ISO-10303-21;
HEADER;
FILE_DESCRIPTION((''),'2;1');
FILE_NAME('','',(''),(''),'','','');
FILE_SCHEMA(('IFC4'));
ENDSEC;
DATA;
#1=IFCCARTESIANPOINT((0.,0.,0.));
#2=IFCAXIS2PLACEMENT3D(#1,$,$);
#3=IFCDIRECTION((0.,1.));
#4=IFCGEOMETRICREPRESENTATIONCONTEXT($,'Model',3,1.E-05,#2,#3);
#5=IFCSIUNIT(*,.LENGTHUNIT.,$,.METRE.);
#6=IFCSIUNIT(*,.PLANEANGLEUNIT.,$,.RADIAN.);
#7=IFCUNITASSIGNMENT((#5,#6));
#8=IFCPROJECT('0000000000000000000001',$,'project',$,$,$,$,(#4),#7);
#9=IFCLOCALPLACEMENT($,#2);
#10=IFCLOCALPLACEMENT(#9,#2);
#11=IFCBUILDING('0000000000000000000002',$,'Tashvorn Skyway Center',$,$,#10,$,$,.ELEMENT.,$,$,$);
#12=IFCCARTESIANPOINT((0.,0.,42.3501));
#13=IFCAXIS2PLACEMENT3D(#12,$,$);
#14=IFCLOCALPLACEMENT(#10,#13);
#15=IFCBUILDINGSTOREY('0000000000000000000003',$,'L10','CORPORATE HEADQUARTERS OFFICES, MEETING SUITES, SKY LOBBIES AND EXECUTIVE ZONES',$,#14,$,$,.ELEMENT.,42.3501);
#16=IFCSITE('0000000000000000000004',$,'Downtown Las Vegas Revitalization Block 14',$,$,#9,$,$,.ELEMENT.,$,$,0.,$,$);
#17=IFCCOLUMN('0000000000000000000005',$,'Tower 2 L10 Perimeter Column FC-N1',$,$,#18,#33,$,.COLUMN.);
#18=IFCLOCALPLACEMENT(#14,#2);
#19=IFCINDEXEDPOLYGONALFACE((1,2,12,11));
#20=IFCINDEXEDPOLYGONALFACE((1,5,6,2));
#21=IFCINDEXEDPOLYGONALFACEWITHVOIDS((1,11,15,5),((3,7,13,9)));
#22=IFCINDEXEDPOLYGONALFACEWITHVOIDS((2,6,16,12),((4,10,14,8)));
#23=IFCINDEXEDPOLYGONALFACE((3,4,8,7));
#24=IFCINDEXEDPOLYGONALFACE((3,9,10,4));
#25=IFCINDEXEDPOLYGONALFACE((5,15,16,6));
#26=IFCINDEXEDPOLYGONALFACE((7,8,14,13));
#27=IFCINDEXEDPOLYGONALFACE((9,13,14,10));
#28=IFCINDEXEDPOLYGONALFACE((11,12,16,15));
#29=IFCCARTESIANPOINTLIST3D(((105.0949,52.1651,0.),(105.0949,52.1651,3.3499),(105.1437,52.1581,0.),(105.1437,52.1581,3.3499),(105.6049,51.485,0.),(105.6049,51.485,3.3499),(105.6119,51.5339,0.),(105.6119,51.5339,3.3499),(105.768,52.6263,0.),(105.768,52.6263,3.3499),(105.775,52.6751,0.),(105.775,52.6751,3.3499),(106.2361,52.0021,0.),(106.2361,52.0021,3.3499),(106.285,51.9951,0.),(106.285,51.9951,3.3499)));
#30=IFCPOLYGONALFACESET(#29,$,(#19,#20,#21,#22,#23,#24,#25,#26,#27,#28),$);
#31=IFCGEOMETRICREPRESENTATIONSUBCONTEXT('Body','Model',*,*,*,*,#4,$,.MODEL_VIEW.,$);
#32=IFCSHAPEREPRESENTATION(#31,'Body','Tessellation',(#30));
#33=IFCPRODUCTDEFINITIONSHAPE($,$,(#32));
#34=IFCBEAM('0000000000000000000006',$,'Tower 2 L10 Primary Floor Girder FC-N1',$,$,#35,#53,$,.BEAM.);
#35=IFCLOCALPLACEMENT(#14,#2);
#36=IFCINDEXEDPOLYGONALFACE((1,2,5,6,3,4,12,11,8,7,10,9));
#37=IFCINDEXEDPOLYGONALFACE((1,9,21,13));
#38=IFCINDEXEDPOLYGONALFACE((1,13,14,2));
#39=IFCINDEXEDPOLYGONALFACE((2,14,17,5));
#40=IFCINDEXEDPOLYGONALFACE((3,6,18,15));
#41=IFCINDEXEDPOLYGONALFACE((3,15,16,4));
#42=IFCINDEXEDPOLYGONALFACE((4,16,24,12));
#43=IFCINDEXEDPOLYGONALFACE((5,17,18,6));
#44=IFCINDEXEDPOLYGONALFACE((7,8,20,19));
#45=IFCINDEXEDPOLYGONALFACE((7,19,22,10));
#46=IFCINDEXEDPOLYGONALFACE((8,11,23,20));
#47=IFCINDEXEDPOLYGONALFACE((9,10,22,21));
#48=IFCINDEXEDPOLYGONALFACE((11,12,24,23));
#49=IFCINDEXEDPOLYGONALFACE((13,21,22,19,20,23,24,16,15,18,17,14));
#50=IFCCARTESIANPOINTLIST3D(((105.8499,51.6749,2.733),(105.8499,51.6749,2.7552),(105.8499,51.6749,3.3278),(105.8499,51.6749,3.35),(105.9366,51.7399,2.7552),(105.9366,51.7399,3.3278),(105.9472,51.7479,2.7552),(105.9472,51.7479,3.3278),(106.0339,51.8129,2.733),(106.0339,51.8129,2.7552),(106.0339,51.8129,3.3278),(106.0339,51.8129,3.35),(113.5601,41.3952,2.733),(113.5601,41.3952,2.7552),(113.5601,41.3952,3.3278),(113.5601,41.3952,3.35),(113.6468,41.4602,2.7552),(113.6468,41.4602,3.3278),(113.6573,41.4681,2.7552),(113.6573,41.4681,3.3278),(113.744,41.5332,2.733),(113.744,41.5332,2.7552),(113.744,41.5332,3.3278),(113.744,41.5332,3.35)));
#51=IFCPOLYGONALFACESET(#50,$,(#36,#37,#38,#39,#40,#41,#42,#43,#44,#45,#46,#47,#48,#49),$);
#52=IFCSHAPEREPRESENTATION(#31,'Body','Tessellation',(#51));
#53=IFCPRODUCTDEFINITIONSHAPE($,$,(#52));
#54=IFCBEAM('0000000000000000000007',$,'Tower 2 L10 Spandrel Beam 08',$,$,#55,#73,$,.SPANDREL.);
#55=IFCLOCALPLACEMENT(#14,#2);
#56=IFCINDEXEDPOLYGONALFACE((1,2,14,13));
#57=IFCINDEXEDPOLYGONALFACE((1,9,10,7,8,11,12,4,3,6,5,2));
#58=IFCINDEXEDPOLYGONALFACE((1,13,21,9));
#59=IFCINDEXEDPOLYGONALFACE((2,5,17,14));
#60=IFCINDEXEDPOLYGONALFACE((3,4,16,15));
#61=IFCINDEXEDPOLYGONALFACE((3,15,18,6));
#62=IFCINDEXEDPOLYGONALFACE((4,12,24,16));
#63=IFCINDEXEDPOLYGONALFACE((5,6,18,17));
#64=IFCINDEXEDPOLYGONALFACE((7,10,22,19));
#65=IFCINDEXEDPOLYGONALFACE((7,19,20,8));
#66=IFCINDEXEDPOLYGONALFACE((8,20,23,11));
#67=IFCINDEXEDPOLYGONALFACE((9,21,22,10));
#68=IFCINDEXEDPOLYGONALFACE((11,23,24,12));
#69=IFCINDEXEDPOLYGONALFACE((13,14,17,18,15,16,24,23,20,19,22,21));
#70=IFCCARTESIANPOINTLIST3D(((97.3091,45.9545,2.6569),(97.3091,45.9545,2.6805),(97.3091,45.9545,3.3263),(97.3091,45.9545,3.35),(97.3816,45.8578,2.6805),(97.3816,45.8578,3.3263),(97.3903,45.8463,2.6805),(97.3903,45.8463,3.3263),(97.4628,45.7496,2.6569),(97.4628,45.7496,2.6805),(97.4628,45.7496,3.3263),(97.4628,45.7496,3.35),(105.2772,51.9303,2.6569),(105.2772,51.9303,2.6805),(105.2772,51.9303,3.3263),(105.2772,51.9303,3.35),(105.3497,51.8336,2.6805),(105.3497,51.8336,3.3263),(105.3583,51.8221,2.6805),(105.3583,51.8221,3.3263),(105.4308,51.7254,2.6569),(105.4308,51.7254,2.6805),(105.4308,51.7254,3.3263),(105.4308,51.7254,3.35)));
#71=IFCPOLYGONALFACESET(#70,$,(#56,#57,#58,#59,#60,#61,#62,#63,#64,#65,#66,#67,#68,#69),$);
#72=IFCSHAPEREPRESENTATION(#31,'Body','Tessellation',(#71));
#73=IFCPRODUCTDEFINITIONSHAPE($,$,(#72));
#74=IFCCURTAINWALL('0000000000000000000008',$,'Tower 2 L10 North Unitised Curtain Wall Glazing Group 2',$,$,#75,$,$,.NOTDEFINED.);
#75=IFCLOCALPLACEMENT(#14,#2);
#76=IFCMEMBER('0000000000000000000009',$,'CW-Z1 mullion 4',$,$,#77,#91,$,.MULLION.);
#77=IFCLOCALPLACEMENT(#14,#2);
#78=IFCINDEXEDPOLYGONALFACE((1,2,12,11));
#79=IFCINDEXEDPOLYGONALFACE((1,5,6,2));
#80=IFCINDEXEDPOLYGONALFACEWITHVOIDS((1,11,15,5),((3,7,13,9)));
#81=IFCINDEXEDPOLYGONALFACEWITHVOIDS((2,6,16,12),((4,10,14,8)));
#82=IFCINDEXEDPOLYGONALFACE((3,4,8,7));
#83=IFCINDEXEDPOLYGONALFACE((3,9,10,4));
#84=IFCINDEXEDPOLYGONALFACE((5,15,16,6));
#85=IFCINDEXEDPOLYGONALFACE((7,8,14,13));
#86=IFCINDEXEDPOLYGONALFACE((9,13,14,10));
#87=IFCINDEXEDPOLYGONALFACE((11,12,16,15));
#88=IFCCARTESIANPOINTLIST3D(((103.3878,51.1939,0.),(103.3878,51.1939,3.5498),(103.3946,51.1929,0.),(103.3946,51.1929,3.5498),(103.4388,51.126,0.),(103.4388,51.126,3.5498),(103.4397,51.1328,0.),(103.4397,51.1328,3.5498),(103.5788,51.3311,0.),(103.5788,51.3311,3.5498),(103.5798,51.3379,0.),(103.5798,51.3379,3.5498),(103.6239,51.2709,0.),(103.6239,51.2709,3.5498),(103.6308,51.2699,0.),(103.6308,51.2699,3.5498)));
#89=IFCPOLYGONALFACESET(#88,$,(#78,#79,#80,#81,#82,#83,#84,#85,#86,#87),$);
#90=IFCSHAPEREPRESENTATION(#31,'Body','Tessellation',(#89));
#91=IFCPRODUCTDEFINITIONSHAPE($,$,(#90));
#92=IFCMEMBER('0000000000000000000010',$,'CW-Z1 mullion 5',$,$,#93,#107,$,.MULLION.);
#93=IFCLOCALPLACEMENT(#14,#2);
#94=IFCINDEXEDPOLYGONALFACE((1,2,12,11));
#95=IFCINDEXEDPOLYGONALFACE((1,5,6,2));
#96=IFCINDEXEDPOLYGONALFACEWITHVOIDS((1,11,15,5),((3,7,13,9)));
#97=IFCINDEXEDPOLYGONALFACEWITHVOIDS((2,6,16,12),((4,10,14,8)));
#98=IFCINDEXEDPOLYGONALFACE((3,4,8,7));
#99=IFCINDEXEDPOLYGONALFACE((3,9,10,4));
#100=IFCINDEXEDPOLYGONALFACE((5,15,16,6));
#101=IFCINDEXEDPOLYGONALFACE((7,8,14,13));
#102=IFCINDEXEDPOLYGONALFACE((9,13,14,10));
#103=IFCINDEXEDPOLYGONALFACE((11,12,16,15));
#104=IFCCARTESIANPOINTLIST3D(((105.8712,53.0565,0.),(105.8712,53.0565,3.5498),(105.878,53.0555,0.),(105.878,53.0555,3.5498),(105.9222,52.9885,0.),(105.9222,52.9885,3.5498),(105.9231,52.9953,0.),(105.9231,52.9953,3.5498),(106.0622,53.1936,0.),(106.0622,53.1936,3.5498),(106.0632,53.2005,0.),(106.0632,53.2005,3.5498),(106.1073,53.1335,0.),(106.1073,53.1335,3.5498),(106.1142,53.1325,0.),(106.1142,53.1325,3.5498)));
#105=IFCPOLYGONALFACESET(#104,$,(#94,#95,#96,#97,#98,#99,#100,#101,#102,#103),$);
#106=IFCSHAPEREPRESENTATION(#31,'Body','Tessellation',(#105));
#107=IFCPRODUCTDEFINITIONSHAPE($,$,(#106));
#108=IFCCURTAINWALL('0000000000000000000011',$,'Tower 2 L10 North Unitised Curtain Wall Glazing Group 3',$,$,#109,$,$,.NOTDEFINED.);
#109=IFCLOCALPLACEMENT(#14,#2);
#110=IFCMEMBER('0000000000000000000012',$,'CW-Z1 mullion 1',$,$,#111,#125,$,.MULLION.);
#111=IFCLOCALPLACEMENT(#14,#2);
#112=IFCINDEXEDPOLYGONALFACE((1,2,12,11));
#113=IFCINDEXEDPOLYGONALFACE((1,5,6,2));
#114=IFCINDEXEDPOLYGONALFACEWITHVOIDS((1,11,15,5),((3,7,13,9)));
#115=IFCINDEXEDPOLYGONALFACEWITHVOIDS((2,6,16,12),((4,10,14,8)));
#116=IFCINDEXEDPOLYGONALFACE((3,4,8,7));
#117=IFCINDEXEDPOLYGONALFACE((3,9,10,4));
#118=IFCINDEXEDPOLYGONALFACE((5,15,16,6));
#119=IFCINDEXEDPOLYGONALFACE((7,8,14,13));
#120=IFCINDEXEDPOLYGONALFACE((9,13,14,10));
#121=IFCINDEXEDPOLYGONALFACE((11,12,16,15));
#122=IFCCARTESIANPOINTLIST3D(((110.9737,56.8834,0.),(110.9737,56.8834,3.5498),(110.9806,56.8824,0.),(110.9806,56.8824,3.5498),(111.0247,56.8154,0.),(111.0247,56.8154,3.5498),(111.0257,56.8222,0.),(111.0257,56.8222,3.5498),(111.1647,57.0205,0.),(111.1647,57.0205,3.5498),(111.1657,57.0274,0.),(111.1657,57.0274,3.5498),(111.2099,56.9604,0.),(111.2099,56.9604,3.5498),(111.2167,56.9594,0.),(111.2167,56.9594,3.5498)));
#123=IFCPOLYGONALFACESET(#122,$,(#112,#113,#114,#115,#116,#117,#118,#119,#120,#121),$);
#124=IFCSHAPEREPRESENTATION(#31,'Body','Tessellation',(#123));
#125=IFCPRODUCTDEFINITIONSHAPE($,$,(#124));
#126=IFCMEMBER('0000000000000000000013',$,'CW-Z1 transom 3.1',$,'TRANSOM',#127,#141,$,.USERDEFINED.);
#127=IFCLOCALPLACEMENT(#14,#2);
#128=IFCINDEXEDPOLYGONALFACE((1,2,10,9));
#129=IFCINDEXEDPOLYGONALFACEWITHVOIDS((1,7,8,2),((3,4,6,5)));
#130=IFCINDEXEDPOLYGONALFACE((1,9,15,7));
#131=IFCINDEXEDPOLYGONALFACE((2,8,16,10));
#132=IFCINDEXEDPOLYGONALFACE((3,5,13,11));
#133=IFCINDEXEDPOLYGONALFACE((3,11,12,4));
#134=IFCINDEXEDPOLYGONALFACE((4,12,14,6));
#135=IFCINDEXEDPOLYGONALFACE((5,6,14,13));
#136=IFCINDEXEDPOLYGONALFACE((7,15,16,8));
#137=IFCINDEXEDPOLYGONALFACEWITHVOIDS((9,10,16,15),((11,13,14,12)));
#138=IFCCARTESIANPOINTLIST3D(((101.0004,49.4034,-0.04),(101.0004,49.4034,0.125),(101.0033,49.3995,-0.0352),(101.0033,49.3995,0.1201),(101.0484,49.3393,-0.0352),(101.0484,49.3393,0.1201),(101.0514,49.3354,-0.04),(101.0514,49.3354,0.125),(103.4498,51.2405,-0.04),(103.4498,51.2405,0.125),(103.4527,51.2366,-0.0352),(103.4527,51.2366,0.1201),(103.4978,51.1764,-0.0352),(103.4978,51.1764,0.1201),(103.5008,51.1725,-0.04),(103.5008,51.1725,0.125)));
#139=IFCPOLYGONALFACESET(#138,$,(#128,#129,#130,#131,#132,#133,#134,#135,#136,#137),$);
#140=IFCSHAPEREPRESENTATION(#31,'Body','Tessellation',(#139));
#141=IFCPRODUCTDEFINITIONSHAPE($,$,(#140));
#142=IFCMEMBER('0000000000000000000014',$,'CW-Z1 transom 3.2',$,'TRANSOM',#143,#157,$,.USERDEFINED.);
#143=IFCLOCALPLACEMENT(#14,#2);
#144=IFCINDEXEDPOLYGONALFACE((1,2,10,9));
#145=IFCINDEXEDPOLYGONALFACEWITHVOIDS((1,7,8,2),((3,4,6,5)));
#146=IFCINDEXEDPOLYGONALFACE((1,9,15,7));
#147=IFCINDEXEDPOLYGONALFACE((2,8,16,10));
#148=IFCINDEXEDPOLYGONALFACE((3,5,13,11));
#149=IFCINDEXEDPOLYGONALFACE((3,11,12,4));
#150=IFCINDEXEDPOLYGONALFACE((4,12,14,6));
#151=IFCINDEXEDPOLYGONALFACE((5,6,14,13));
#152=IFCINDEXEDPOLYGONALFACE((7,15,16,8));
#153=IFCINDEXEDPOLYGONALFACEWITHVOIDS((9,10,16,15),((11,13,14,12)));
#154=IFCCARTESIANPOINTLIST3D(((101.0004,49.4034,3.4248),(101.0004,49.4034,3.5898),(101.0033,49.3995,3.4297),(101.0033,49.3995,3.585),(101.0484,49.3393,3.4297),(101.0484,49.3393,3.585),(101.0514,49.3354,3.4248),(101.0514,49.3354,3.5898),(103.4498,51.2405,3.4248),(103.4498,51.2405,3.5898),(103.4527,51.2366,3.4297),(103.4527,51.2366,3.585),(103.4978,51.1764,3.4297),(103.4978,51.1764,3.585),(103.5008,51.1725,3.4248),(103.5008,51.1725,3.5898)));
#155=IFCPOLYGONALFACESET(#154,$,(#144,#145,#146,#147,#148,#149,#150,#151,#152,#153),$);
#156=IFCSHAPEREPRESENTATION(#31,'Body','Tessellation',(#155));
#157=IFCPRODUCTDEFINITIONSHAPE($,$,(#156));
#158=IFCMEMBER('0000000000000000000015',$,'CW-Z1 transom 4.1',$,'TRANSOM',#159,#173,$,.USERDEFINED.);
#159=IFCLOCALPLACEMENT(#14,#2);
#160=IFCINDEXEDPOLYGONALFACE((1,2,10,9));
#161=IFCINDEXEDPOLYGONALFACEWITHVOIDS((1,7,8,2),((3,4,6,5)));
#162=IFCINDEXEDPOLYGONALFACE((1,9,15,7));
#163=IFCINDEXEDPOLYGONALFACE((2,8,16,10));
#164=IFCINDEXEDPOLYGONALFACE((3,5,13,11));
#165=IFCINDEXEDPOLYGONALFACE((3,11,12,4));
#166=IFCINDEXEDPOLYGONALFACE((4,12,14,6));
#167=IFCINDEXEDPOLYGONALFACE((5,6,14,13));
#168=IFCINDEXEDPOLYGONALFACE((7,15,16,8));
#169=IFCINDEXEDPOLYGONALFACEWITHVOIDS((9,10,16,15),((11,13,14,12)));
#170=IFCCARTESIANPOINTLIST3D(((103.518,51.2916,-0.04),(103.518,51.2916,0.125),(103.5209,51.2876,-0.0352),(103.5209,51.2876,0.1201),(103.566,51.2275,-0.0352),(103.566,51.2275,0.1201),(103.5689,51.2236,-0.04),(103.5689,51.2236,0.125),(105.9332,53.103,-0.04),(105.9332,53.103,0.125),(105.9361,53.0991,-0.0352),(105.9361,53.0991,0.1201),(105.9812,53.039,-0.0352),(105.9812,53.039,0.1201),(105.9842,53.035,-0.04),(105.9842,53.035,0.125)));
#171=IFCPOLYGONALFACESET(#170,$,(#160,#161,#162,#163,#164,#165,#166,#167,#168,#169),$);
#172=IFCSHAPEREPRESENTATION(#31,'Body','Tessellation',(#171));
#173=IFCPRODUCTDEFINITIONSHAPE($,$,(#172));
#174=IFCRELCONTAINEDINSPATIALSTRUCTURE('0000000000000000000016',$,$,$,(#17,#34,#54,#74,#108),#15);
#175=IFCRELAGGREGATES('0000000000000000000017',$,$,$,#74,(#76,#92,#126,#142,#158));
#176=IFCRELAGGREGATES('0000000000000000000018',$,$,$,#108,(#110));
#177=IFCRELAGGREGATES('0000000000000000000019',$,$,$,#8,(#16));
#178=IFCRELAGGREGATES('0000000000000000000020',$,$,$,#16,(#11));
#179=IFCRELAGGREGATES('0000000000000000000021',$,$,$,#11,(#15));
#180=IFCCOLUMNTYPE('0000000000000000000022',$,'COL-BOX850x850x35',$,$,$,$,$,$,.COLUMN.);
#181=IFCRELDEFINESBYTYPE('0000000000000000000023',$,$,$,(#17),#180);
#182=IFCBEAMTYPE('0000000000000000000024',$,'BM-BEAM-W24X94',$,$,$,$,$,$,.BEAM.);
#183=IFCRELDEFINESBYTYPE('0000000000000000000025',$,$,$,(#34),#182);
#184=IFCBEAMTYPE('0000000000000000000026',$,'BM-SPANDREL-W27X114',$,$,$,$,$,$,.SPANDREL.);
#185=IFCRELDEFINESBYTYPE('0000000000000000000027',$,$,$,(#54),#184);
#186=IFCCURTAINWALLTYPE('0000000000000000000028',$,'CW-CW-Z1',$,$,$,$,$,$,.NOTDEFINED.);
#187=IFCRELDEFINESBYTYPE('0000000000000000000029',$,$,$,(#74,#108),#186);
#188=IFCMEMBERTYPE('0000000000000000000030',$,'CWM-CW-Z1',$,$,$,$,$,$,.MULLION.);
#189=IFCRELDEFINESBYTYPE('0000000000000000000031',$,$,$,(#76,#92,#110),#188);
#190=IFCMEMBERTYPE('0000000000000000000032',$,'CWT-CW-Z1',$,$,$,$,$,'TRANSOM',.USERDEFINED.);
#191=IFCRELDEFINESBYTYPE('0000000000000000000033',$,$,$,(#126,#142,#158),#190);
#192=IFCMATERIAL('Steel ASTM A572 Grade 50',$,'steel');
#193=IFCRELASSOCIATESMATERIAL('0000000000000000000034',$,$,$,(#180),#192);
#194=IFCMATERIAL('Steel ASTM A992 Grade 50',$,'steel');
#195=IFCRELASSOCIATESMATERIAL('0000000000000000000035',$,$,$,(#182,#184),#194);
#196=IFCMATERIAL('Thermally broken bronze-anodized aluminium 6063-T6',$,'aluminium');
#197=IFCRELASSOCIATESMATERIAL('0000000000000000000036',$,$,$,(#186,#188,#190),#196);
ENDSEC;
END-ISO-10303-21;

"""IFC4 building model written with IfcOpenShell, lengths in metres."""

from ifc_helpers import new_model, si_unit, direction, frame, origin, origin_2d, place, context, subcontext, project, spatial, hollow_rectangle, i_section, extrude, material, material_profile, profile_set, type_object, element, aggregate, save


model = new_model("IFC4")

# Units and contexts
model_context = context("Model", 3, precision=1e-05, world=origin(), true_north=direction((0.0, 1.0)))
body_context = subcontext(model_context, "Body", "Model", "MODEL_VIEW")
ifc_project = project(units=[si_unit("LENGTHUNIT", "METRE"), si_unit("PLANEANGLEUNIT", "RADIAN")], contexts=[model_context])

# Site, building, storey
site_placement = place(None, origin())
site = spatial("IfcSite", under=ifc_project, at=site_placement, Name="Downtown Las Vegas Revitalization Block 14", CompositionType="ELEMENT", RefElevation=0.0)
building_placement = place(site_placement, origin())
building = spatial("IfcBuilding", under=site, at=building_placement, Name="Tashvorn Skyway Center", CompositionType="ELEMENT")
storey_placement = place(building_placement, frame((0.0, 0.0, 42.3501)))
storey = spatial("IfcBuildingStorey", under=building, at=storey_placement, Name="L10", Description="CORPORATE HEADQUARTERS OFFICES, MEETING SUITES, SKY LOBBIES AND EXECUTIVE ZONES", CompositionType="ELEMENT", Elevation=42.3501)

# Column
ifc_material_1 = material(Name="Steel ASTM A572 Grade 50", Category="steel")
ifc_material_profile_1 = material_profile(ifc_material_1, hollow_rectangle(XDim=0.8501, YDim=0.8501, WallThickness=0.0349, at=origin_2d()), Name="BOX850x850x35")
ifc_profile_set_1 = profile_set([ifc_material_profile_1], Name="Steel ASTM A572 Grade 50")
column_type = type_object("IfcColumnType", Name="COL-BOX850x850x35", PredefinedType="COLUMN", material=ifc_profile_set_1)
column_placement = place(storey_placement, frame((105.6899, 52.0801, 0.0), z_axis=(0.0, 0.0, 1.0), x_axis=(0.8, 0.6, 0.0)))
element("IfcColumn", 1, at=column_placement, inside=storey, type_object=column_type, Name="Tower 2 L10 Perimeter Column FC-N1", PredefinedType="COLUMN", context=body_context, shape_type="SweptSolid", body=[
    extrude(hollow_rectangle(XDim=0.8501, YDim=0.8501, WallThickness=0.0349, at=origin_2d()), origin(), (0.0, 0.0, 1.0), 3.3499),
])

# Beams
ifc_material_2 = material(Name="Steel ASTM A992 Grade 50", Category="steel")
ifc_material_profile_2 = material_profile(ifc_material_2, i_section(OverallWidth=0.23, OverallDepth=0.6169, WebThickness=0.0132, FlangeThickness=0.0222, at=origin_2d()), Name="W24X94")
ifc_profile_set_2 = profile_set([ifc_material_profile_2], Name="Steel ASTM A992 Grade 50")
beam_type_1 = type_object("IfcBeamType", Name="BM-BEAM-W24X94", PredefinedType="BEAM", material=ifc_profile_set_2)
beam_1_placement = place(storey_placement, frame((105.9419, 51.7439, 3.0415), z_axis=(0.600018, -0.799986, 0.0), x_axis=(0.799986, 0.600018, 0.0)))
element("IfcBeam", 2, at=beam_1_placement, inside=storey, type_object=beam_type_1, Name="Tower 2 L10 Primary Floor Girder FC-N1", PredefinedType="BEAM", context=body_context, shape_type="SweptSolid", body=[
    extrude(i_section(OverallWidth=0.23, OverallDepth=0.6169, WebThickness=0.0132, FlangeThickness=0.0222, at=origin_2d()), origin(), (0.0, 0.0, 1.0), 12.8499),
])
ifc_material_profile_3 = material_profile(ifc_material_2, i_section(OverallWidth=0.2561, OverallDepth=0.6931, WebThickness=0.0144, FlangeThickness=0.0237, at=origin_2d()), Name="W27X114")
ifc_profile_set_3 = profile_set([ifc_material_profile_3], Name="Steel ASTM A992 Grade 50")
beam_type_2 = type_object("IfcBeamType", Name="BM-SPANDREL-W27X114", PredefinedType="SPANDREL", material=ifc_profile_set_3)
beam_2_placement = place(storey_placement, frame((105.354, 51.8279, 3.0034), z_axis=(-0.800009, -0.599988, 0.0), x_axis=(0.599988, -0.800009, 0.0)))
element("IfcBeam", 3, at=beam_2_placement, inside=storey, type_object=beam_type_2, Name="Tower 2 L10 Spandrel Beam 08", PredefinedType="SPANDREL", context=body_context, shape_type="SweptSolid", body=[
    extrude(i_section(OverallWidth=0.2561, OverallDepth=0.6931, WebThickness=0.0144, FlangeThickness=0.0237, at=origin_2d()), origin(), (0.0, 0.0, 1.0), 9.96),
])

# Curtain wall, members
ifc_material_3 = material(Name="Thermally broken bronze-anodized aluminium 6063-T6", Category="aluminium")
curtain_wall_type = type_object("IfcCurtainWallType", Name="CW-CW-Z1", PredefinedType="NOTDEFINED", material=ifc_material_3)
curtain_wall_1_placement = place(storey_placement, origin())
curtain_wall_1 = element("IfcCurtainWall", 4, at=curtain_wall_1_placement, inside=storey, type_object=curtain_wall_type, Name="Tower 2 L10 North Unitised Curtain Wall Glazing Group 2", PredefinedType="NOTDEFINED")
ifc_material_profile_4 = material_profile(ifc_material_3, hollow_rectangle(XDim=0.085, YDim=0.24, WallThickness=0.0049, at=origin_2d()), Name="ALU-MULL-85x240")
ifc_profile_set_4 = profile_set([ifc_material_profile_4], Name="Thermally broken bronze-anodized aluminium 6063-T6")
member_type_1 = type_object("IfcMemberType", Name="CWM-CW-Z1", PredefinedType="MULLION", material=ifc_profile_set_4)
member_1_placement = place(storey_placement, frame((103.5093, 51.2319, 0.0), z_axis=(0.0, 0.0, 1.0), x_axis=(-0.599997, 0.800002, 0.0)))
member_1 = element("IfcMember", 5, at=member_1_placement, type_object=member_type_1, Name="CW-Z1 mullion 4", PredefinedType="MULLION", context=body_context, shape_type="SweptSolid", body=[
    extrude(hollow_rectangle(XDim=0.085, YDim=0.24, WallThickness=0.0049, at=origin_2d()), origin(), (0.0, 0.0, 1.0), 3.5498),
])
member_2_placement = place(storey_placement, frame((105.9927, 53.0945, 0.0), z_axis=(0.0, 0.0, 1.0), x_axis=(-0.599997, 0.800002, 0.0)))
member_2 = element("IfcMember", 6, at=member_2_placement, type_object=member_type_1, Name="CW-Z1 mullion 5", PredefinedType="MULLION", context=body_context, shape_type="SweptSolid", body=[
    extrude(hollow_rectangle(XDim=0.085, YDim=0.24, WallThickness=0.0049, at=origin_2d()), origin(), (0.0, 0.0, 1.0), 3.5498),
])

# Curtain wall, member
curtain_wall_2_placement = place(storey_placement, origin())
curtain_wall_2 = element("IfcCurtainWall", 7, at=curtain_wall_2_placement, inside=storey, type_object=curtain_wall_type, Name="Tower 2 L10 North Unitised Curtain Wall Glazing Group 3", PredefinedType="NOTDEFINED")
member_3_placement = place(storey_placement, frame((111.0952, 56.9214, 0.0), z_axis=(0.0, 0.0, 1.0), x_axis=(-0.599997, 0.800002, 0.0)))
member_3 = element("IfcMember", 8, at=member_3_placement, type_object=member_type_1, Name="CW-Z1 mullion 1", PredefinedType="MULLION", context=body_context, shape_type="SweptSolid", body=[
    extrude(hollow_rectangle(XDim=0.085, YDim=0.24, WallThickness=0.0049, at=origin_2d()), origin(), (0.0, 0.0, 1.0), 3.5498),
])

# Members
ifc_material_profile_5 = material_profile(ifc_material_3, hollow_rectangle(XDim=0.085, YDim=0.165, WallThickness=0.0049, at=origin_2d()), Name="ALU-TRAN-85x165")
ifc_profile_set_5 = profile_set([ifc_material_profile_5], Name="Thermally broken bronze-anodized aluminium 6063-T6")
member_type_2 = type_object("IfcMemberType", Name="CWT-CW-Z1", ElementType="TRANSOM", PredefinedType="USERDEFINED", material=ifc_profile_set_5)
member_4_placement = place(storey_placement, frame((101.0259, 49.3694, 0.0425), z_axis=(0.79999, 0.600013, 0.0), x_axis=(-0.600013, 0.79999, 0.0)))
member_4 = element("IfcMember", 9, at=member_4_placement, type_object=member_type_2, Name="CW-Z1 transom 3.1", ObjectType="TRANSOM", PredefinedType="USERDEFINED", context=body_context, shape_type="SweptSolid", body=[
    extrude(hollow_rectangle(XDim=0.085, YDim=0.165, WallThickness=0.0049, at=origin_2d()), origin(), (0.0, 0.0, 1.0), 3.0618),
])
member_5_placement = place(storey_placement, frame((101.0259, 49.3694, 3.5073), z_axis=(0.79999, 0.600013, 0.0), x_axis=(-0.600013, 0.79999, 0.0)))
member_5 = element("IfcMember", 10, at=member_5_placement, type_object=member_type_2, Name="CW-Z1 transom 3.2", ObjectType="TRANSOM", PredefinedType="USERDEFINED", context=body_context, shape_type="SweptSolid", body=[
    extrude(hollow_rectangle(XDim=0.085, YDim=0.165, WallThickness=0.0049, at=origin_2d()), origin(), (0.0, 0.0, 1.0), 3.0618),
])
member_6_placement = place(storey_placement, frame((103.5435, 51.2576, 0.0425), z_axis=(0.79999, 0.600013, 0.0), x_axis=(-0.600013, 0.79999, 0.0)))
member_6 = element("IfcMember", 11, at=member_6_placement, type_object=member_type_2, Name="CW-Z1 transom 4.1", ObjectType="TRANSOM", PredefinedType="USERDEFINED", context=body_context, shape_type="SweptSolid", body=[
    extrude(hollow_rectangle(XDim=0.085, YDim=0.165, WallThickness=0.0049, at=origin_2d()), origin(), (0.0, 0.0, 1.0), 3.019),
])

aggregate(curtain_wall_1, [member_1, member_2, member_4, member_5, member_6])
aggregate(curtain_wall_2, [member_3])

save(model, "model.ifc")
